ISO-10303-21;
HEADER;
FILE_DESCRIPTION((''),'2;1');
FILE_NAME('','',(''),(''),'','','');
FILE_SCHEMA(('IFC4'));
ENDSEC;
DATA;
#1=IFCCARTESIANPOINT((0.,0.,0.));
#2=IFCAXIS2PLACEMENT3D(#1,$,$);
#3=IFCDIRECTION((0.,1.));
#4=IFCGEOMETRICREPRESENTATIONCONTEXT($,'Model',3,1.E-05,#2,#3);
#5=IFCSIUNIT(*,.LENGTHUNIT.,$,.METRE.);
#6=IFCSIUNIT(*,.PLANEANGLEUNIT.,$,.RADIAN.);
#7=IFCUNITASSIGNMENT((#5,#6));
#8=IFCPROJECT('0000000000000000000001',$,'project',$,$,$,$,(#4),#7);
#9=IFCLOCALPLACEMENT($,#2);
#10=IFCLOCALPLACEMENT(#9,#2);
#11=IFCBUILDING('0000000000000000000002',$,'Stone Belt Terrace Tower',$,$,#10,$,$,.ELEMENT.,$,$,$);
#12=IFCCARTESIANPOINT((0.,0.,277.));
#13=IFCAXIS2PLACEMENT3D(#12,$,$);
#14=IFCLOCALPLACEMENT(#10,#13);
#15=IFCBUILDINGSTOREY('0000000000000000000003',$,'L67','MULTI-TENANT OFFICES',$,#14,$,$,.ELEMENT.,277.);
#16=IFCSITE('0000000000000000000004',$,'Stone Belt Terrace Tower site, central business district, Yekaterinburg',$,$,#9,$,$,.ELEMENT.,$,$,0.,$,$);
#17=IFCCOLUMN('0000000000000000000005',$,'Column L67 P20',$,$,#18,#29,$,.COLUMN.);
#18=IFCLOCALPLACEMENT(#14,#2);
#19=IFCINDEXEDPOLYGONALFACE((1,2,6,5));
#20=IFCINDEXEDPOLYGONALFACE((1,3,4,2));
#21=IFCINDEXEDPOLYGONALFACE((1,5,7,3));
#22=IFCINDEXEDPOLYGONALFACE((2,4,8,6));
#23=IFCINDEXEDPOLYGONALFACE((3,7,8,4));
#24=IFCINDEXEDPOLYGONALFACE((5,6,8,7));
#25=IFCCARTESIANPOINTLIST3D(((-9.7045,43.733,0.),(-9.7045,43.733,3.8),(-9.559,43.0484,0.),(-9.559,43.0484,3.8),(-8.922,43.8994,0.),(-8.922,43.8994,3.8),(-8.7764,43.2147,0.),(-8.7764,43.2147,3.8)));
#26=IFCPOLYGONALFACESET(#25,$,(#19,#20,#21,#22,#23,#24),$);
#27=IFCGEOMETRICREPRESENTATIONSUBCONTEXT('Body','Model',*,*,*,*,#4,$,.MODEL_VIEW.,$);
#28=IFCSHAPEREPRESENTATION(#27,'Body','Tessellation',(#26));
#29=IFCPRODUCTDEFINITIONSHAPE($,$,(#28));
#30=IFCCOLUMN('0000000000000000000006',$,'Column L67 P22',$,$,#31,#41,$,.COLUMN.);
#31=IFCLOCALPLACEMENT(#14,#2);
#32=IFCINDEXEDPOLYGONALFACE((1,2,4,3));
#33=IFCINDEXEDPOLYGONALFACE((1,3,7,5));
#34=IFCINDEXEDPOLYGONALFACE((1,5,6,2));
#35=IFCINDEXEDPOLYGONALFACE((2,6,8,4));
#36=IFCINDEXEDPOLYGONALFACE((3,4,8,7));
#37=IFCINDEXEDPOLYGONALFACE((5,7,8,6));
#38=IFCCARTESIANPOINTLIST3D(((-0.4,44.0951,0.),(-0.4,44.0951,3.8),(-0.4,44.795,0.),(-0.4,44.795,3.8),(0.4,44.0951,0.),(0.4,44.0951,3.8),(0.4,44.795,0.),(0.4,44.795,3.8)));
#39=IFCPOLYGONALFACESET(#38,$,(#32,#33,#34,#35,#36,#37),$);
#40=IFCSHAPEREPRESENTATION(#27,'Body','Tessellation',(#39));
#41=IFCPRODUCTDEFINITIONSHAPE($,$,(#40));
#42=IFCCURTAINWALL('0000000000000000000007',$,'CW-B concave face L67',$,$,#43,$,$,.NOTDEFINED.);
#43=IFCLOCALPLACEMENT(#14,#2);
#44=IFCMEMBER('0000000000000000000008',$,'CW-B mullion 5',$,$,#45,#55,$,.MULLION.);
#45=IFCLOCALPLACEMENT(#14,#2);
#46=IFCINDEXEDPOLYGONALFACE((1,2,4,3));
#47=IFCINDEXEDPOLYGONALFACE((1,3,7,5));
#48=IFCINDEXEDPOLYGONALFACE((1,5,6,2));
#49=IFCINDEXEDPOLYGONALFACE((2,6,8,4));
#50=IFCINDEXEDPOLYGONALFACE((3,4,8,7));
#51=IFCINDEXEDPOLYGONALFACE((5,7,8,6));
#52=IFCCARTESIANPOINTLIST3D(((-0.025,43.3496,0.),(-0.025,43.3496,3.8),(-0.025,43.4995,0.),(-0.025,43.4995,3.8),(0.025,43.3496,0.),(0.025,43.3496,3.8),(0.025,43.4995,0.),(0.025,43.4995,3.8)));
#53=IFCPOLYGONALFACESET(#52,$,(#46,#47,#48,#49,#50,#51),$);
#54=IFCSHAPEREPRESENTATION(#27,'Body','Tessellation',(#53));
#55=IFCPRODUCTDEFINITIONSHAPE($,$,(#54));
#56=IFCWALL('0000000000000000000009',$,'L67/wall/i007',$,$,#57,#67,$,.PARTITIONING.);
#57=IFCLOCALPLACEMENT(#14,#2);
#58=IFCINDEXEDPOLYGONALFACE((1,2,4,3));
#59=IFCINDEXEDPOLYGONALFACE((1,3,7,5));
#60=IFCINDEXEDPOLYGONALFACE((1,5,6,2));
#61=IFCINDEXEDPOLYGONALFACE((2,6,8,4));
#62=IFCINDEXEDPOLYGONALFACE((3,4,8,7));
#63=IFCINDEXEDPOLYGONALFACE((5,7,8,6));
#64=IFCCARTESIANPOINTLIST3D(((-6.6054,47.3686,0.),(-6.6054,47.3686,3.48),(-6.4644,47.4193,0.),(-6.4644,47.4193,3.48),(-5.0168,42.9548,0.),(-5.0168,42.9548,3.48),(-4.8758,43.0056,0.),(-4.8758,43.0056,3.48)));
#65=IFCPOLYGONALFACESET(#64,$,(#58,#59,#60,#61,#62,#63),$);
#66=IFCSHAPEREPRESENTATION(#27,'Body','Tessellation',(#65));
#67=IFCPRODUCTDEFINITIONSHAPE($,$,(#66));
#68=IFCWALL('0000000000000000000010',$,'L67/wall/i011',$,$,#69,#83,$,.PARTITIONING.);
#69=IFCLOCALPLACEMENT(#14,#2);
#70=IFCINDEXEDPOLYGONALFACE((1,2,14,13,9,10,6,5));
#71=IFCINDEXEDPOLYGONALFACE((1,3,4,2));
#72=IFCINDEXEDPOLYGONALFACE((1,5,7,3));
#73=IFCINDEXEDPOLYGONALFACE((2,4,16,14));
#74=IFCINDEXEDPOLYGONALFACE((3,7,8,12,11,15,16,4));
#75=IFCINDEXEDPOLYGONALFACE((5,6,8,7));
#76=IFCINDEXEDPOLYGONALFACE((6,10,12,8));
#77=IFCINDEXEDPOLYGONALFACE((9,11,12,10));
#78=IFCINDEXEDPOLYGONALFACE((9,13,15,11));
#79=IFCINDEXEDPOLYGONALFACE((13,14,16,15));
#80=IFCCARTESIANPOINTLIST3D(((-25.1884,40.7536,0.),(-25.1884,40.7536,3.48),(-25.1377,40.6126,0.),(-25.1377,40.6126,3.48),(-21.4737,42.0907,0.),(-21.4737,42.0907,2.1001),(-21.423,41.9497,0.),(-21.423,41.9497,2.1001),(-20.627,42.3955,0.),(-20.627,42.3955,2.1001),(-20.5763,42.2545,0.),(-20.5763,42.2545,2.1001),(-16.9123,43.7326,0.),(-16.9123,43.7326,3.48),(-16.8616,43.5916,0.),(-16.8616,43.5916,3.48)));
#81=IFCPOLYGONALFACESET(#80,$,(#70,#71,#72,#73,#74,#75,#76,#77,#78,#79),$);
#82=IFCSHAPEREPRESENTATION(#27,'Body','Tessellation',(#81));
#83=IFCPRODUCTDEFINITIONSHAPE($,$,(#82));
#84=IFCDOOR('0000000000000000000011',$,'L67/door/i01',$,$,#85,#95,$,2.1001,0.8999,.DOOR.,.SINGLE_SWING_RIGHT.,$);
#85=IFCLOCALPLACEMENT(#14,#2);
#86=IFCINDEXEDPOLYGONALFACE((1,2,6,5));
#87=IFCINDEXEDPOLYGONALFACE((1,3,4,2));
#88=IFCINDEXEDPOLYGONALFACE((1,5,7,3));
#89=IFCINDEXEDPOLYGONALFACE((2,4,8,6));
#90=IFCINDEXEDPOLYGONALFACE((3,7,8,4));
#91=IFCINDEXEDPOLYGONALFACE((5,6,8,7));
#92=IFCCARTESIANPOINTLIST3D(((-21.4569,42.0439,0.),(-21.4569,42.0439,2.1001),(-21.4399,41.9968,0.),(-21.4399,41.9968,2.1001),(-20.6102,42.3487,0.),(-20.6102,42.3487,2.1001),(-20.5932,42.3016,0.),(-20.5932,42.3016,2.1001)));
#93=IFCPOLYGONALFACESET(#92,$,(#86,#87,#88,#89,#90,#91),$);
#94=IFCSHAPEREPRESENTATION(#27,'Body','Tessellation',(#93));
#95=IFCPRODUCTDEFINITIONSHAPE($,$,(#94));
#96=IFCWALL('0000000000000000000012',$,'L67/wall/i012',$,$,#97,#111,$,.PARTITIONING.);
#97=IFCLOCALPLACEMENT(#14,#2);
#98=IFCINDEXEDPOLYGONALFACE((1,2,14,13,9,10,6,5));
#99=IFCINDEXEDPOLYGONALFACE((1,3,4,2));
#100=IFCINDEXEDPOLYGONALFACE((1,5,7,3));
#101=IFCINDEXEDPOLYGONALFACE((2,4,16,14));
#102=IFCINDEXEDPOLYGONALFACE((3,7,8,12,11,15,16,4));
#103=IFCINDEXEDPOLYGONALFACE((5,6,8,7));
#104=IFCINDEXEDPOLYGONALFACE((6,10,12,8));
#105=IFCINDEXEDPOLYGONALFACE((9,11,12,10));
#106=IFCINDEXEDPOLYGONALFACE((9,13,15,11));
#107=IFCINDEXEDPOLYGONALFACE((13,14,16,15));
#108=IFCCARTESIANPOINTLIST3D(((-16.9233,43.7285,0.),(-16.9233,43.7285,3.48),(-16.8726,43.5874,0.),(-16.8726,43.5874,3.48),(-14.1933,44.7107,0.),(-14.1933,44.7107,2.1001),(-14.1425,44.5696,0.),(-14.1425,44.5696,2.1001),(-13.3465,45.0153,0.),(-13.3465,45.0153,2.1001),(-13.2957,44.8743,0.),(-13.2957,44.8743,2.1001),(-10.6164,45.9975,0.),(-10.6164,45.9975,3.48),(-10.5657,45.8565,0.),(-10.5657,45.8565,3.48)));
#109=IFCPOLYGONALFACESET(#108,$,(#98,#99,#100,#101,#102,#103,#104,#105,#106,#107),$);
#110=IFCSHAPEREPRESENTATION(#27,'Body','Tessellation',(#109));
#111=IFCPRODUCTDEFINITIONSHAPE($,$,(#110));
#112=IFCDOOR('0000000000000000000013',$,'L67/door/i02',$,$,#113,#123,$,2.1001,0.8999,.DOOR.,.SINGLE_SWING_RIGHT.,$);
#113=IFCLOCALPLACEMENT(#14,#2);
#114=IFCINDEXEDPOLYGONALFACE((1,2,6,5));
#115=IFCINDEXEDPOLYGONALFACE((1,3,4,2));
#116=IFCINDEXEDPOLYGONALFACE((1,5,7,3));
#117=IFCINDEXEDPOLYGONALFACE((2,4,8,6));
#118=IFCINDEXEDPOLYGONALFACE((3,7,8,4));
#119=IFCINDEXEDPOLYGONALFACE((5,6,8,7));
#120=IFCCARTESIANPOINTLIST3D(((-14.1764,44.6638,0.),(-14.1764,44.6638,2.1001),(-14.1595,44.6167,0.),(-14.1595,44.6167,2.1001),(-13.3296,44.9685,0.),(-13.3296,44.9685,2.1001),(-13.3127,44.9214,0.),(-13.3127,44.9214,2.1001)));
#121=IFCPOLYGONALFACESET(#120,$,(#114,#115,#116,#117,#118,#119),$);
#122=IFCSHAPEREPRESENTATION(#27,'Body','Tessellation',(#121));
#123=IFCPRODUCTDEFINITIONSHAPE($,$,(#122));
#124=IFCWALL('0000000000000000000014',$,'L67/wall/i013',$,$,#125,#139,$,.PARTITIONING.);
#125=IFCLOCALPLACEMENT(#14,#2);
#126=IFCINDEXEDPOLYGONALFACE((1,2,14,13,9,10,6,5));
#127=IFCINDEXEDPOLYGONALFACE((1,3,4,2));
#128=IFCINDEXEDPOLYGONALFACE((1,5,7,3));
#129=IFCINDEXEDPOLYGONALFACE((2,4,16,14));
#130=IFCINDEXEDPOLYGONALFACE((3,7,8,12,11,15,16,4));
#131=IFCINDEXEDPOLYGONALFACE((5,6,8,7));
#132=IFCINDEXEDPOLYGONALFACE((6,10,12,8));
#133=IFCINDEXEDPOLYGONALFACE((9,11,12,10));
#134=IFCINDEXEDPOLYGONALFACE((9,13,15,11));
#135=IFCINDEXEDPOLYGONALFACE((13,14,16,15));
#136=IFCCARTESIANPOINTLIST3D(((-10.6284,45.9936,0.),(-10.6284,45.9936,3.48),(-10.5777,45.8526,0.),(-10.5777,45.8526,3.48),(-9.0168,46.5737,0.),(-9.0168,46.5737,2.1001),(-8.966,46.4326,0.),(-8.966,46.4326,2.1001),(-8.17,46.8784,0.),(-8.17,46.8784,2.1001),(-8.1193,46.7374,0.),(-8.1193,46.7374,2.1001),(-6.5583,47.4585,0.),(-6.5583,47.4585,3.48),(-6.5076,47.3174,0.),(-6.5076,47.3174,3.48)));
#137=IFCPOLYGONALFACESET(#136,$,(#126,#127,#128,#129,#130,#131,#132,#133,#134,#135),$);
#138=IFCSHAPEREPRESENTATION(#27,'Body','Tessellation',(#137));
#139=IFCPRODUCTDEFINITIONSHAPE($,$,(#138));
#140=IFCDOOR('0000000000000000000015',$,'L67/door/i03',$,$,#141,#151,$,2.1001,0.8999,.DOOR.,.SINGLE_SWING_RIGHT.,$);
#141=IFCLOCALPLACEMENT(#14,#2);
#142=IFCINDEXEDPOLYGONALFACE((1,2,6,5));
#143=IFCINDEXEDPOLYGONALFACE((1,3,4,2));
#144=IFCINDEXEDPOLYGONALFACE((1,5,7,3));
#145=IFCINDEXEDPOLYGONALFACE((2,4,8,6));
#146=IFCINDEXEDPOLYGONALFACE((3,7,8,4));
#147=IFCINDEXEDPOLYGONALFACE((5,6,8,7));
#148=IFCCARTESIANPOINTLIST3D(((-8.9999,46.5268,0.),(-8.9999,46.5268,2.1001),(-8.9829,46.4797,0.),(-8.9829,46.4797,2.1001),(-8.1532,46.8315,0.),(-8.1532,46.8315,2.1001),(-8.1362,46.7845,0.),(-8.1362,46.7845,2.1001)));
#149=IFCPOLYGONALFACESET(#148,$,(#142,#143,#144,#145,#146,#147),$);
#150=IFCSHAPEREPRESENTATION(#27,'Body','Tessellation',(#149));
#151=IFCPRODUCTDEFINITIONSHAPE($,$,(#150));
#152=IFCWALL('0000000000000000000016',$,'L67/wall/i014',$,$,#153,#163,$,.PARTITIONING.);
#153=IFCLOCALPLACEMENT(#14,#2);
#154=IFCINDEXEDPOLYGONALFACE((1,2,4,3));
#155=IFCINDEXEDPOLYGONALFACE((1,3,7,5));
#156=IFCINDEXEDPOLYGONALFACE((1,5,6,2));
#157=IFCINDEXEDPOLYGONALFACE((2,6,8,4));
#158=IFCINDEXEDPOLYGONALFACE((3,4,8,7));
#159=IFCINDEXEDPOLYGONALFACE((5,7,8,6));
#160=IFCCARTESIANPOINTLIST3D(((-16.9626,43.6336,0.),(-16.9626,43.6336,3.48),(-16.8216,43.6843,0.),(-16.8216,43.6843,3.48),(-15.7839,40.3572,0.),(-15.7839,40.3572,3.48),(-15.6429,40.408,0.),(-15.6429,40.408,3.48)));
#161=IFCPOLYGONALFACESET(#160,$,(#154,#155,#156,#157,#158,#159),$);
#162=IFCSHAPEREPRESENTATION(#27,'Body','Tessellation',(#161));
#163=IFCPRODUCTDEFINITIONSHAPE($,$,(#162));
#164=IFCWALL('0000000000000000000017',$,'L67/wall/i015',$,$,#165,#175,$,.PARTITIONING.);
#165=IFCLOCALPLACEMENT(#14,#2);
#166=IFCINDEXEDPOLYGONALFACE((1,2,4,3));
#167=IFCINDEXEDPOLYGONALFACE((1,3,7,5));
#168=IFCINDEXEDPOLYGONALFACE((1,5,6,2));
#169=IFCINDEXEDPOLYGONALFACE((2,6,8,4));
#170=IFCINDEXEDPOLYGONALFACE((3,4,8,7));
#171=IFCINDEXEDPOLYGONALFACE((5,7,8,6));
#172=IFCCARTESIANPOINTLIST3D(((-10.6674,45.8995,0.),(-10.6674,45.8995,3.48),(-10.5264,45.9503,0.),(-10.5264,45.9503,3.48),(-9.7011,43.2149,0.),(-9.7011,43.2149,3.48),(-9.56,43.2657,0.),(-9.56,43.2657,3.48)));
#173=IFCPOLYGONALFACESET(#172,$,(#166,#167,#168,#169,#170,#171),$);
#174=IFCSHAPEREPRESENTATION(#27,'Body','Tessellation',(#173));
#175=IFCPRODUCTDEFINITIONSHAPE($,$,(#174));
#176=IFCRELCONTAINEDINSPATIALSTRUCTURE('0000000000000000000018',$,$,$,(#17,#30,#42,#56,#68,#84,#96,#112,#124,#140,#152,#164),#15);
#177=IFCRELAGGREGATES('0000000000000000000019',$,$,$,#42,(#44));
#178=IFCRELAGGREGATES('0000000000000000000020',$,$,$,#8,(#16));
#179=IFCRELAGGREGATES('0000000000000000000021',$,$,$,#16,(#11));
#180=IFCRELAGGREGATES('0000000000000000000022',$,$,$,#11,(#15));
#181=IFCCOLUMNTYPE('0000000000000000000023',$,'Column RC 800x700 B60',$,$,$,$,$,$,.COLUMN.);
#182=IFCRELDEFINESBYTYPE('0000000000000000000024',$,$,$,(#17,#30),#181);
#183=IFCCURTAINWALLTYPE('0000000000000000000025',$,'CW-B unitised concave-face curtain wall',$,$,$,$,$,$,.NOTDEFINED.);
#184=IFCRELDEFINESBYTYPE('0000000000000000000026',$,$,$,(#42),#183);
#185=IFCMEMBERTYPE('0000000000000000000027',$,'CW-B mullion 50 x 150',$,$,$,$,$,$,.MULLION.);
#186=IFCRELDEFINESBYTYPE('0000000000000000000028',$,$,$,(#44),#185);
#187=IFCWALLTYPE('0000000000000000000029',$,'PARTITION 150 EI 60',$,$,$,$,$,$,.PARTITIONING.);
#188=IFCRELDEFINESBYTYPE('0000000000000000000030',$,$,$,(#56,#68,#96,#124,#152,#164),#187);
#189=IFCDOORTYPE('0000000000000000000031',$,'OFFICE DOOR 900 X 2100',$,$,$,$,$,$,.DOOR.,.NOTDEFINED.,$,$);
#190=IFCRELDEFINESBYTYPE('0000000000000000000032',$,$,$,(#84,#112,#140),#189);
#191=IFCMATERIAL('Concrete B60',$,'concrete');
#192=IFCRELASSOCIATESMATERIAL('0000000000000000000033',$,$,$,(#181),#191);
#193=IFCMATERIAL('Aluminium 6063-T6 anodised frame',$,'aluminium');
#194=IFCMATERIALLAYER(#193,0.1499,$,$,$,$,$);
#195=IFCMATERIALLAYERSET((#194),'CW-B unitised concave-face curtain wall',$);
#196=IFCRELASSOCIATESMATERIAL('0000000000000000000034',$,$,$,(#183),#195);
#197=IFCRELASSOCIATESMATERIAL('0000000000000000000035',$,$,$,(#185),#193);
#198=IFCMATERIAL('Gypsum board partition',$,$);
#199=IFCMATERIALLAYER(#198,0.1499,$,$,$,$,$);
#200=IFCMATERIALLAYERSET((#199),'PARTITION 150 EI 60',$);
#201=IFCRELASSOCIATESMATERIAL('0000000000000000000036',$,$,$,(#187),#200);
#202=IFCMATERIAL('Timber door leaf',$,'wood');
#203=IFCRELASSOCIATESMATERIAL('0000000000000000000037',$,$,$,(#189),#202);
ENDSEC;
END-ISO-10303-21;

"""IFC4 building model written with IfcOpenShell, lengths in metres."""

from ifc_helpers import new_model, si_unit, direction, frame, frame_2d, origin, origin_2d, place, context, subcontext, project, spatial, rectangle, extrude, material, layer, layer_set, material_profile, profile_set, type_object, element, fill, aggregate, save


model = new_model("IFC4")

# Units and contexts
model_context = context("Model", 3, precision=1e-05, world=origin(), true_north=direction((0.0, 1.0)))
body_context = subcontext(model_context, "Body", "Model", "MODEL_VIEW")
ifc_project = project(units=[si_unit("LENGTHUNIT", "METRE"), si_unit("PLANEANGLEUNIT", "RADIAN")], contexts=[model_context])

# Site, building, storey
site_placement = place(None, origin())
site = spatial("IfcSite", under=ifc_project, at=site_placement, Name="Stone Belt Terrace Tower site, central business district, Yekaterinburg", CompositionType="ELEMENT", RefElevation=0.0)
building_placement = place(site_placement, origin())
building = spatial("IfcBuilding", under=site, at=building_placement, Name="Stone Belt Terrace Tower", CompositionType="ELEMENT")
storey_placement = place(building_placement, frame((0.0, 0.0, 277.0)))
storey = spatial("IfcBuildingStorey", under=building, at=storey_placement, Name="L67", Description="MULTI-TENANT OFFICES", CompositionType="ELEMENT", Elevation=277.0)

# Columns
ifc_material_1 = material(Name="Concrete B60", Category="concrete")
ifc_material_profile_1 = material_profile(ifc_material_1, rectangle(XDim=0.8, YDim=0.7, at=origin_2d()), Name="RC 800x700")
ifc_profile_set_1 = profile_set([ifc_material_profile_1], Name="Concrete B60")
column_type = type_object("IfcColumnType", Name="Column RC 800x700 B60", PredefinedType="COLUMN", material=ifc_profile_set_1)
for number, where, z_axis, x_axis, name in (
    (1, (-9.2405, 43.4739, 0.0), (0.0, 0.0, 1.0), (0.978148, 0.207912, 0.0), "Column L67 P20"),
    (2, (0.0, 44.4451, 0.0), (0.0, 0.0, 1.0), (1.0, 0.0, 0.0), "Column L67 P22"),
):
    element("IfcColumn", number, at=place(storey_placement, frame(where, z_axis=z_axis, x_axis=x_axis)), inside=storey, type_object=column_type, Name=name, PredefinedType="COLUMN", context=body_context, shape_type="SweptSolid", body=[
        extrude(rectangle(XDim=0.8, YDim=0.7, at=origin_2d()), origin(), (0.0, 0.0, 1.0), 3.8),
    ])

# Curtain wall, member
ifc_material_2 = material(Name="Aluminium 6063-T6 anodised frame", Category="aluminium")
ifc_layer_1 = layer(ifc_material_2, 0.1499)
ifc_layer_set_1 = layer_set([ifc_layer_1], Name="CW-B unitised concave-face curtain wall")
curtain_wall_type = type_object("IfcCurtainWallType", Name="CW-B unitised concave-face curtain wall", PredefinedType="NOTDEFINED", material=ifc_layer_set_1)
curtain_wall_placement = place(storey_placement, origin())
curtain_wall = element("IfcCurtainWall", 3, at=curtain_wall_placement, inside=storey, type_object=curtain_wall_type, Name="CW-B concave face L67", PredefinedType="NOTDEFINED")
ifc_material_profile_2 = material_profile(ifc_material_2, rectangle(XDim=0.1499, YDim=0.05, at=origin_2d()), Name="Aluminium 6063-T6 50x150")
ifc_profile_set_2 = profile_set([ifc_material_profile_2], Name="Aluminium 6063-T6 anodised frame")
member_type = type_object("IfcMemberType", Name="CW-B mullion 50 x 150", PredefinedType="MULLION", material=ifc_profile_set_2)
member_placement = place(storey_placement, frame((0.0, 43.4246, 0.0), z_axis=(0.0, 0.0, 1.0), x_axis=(0.0, 1.0, 0.0)))
member = element("IfcMember", 4, at=member_placement, type_object=member_type, Name="CW-B mullion 5", PredefinedType="MULLION", context=body_context, shape_type="SweptSolid", body=[
    extrude(rectangle(XDim=0.1499, YDim=0.05, at=origin_2d()), origin(), (0.0, 0.0, 1.0), 3.8),
])
aggregate(curtain_wall, [member])

# Wall
ifc_material_3 = material(Name="Gypsum board partition")
ifc_layer_2 = layer(ifc_material_3, 0.1499)
ifc_layer_set_2 = layer_set([ifc_layer_2], Name="PARTITION 150 EI 60")
wall_type_1 = type_object("IfcWallType", Name="PARTITION 150 EI 60", PredefinedType="PARTITIONING", material=ifc_layer_set_2)
wall_1_placement = place(storey_placement, frame((-4.9463, 42.9802, 0.0), z_axis=(0.0, 0.0, 1.0), x_axis=(-0.338653, 0.940911, 0.0)))
element("IfcWall", 5, at=wall_1_placement, inside=storey, type_object=wall_type_1, Name="L67/wall/i007", PredefinedType="PARTITIONING", context=body_context, shape_type="SweptSolid", body=[
    extrude(rectangle(XDim=4.6909, YDim=0.1499, at=frame_2d((2.3455, 0.0))), origin(), (0.0, 0.0, 1.0), 3.48),
])

# Walls, openings, doors
wall_2_placement = place(storey_placement, frame((-16.887, 43.6621, 0.0), z_axis=(0.0, 0.0, 1.0), x_axis=(-0.940902, -0.338679, 0.0)))
wall_2 = element("IfcWall", 6, at=wall_2_placement, inside=storey, type_object=wall_type_1, Name="L67/wall/i011", PredefinedType="PARTITIONING", context=body_context, shape_type="SweptSolid", body=[
    extrude(rectangle(XDim=8.7959, YDim=0.1499, at=frame_2d((4.3979, 0.0))), origin(), (0.0, 0.0, 1.0), 3.48),
])
opening_1_placement = place(wall_2_placement, frame((3.948, 0.0, 0.0)))
opening_1 = element("IfcOpeningElement", 7, at=opening_1_placement, cuts=wall_2, PredefinedType="OPENING", context=body_context, shape_type="SweptSolid", body=[
    extrude(rectangle(XDim=0.8999, YDim=2.1001, at=frame_2d((0.45, 1.05))), frame((0.0, 0.085, 0.0), z_axis=(0.0, -1.0, 0.0), x_axis=(1.0, 0.0, 0.0)), (0.0, 0.0, 1.0), 0.1699),
])
ifc_material_4 = material(Name="Timber door leaf", Category="wood")
door_type_1 = type_object("IfcDoorType", Name="OFFICE DOOR 900 X 2100", OperationType="NOTDEFINED", PredefinedType="DOOR", material=ifc_material_4)
door_1_placement = place(opening_1_placement, origin())
door_1 = element("IfcDoor", 8, at=door_1_placement, inside=storey, type_object=door_type_1, Name="L67/door/i01", OperationType="SINGLE_SWING_RIGHT", OverallHeight=2.1001, OverallWidth=0.8999, PredefinedType="DOOR", context=body_context, shape_type="SweptSolid", body=[
    extrude(rectangle(XDim=0.8999, YDim=2.1001, at=frame_2d((0.45, 1.05))), frame((0.0, 0.0249, 0.0), z_axis=(0.0, -1.0, 0.0), x_axis=(1.0, 0.0, 0.0)), (0.0, 0.0, 1.0), 0.05),
])
fill(opening_1, door_1)
wall_3_placement = place(storey_placement, frame((-10.5911, 45.927, 0.0), z_axis=(0.0, 0.0, 1.0), x_axis=(-0.940956, -0.33853, 0.0)))
wall_3 = element("IfcWall", 9, at=wall_3_placement, inside=storey, type_object=wall_type_1, Name="L67/wall/i012", PredefinedType="PARTITIONING", context=body_context, shape_type="SweptSolid", body=[
    extrude(rectangle(XDim=6.7026, YDim=0.1499, at=frame_2d((3.3513, 0.0))), origin(), (0.0, 0.0, 1.0), 3.48),
])
opening_2_placement = place(wall_3_placement, frame((2.9014, 0.0, 0.0)))
opening_2 = element("IfcOpeningElement", 10, at=opening_2_placement, cuts=wall_3, PredefinedType="OPENING", context=body_context, shape_type="SweptSolid", body=[
    extrude(rectangle(XDim=0.8999, YDim=2.1001, at=frame_2d((0.45, 1.05))), frame((0.0, 0.085, 0.0), z_axis=(0.0, -1.0, 0.0), x_axis=(1.0, 0.0, 0.0)), (0.0, 0.0, 1.0), 0.1699),
])
door_2_placement = place(opening_2_placement, origin())
door_2 = element("IfcDoor", 11, at=door_2_placement, inside=storey, type_object=door_type_1, Name="L67/door/i02", OperationType="SINGLE_SWING_RIGHT", OverallHeight=2.1001, OverallWidth=0.8999, PredefinedType="DOOR", context=body_context, shape_type="SweptSolid", body=[
    extrude(rectangle(XDim=0.8999, YDim=2.1001, at=frame_2d((0.45, 1.05))), frame((0.0, 0.0249, 0.0), z_axis=(0.0, -1.0, 0.0), x_axis=(1.0, 0.0, 0.0)), (0.0, 0.0, 1.0), 0.05),
])
fill(opening_2, door_2)
wall_4_placement = place(storey_placement, frame((-6.533, 47.3879, 0.0), z_axis=(0.0, 0.0, 1.0), x_axis=(-0.940915, -0.338642, 0.0)))
wall_4 = element("IfcWall", 12, at=wall_4_placement, inside=storey, type_object=wall_type_1, Name="L67/wall/i013", PredefinedType="PARTITIONING", context=body_context, shape_type="SweptSolid", body=[
    extrude(rectangle(XDim=4.3257, YDim=0.1499, at=frame_2d((2.1628, 0.0))), origin(), (0.0, 0.0, 1.0), 3.48),
])
opening_3_placement = place(wall_4_placement, frame((1.7129, 0.0, 0.0)))
opening_3 = element("IfcOpeningElement", 13, at=opening_3_placement, cuts=wall_4, PredefinedType="OPENING", context=body_context, shape_type="SweptSolid", body=[
    extrude(rectangle(XDim=0.8999, YDim=2.1001, at=frame_2d((0.45, 1.05))), frame((0.0, 0.085, 0.0), z_axis=(0.0, -1.0, 0.0), x_axis=(1.0, 0.0, 0.0)), (0.0, 0.0, 1.0), 0.1699),
])
door_3_placement = place(opening_3_placement, origin())
door_3 = element("IfcDoor", 14, at=door_3_placement, inside=storey, type_object=door_type_1, Name="L67/door/i03", OperationType="SINGLE_SWING_RIGHT", OverallHeight=2.1001, OverallWidth=0.8999, PredefinedType="DOOR", context=body_context, shape_type="SweptSolid", body=[
    extrude(rectangle(XDim=0.8999, YDim=2.1001, at=frame_2d((0.45, 1.05))), frame((0.0, 0.0249, 0.0), z_axis=(0.0, -1.0, 0.0), x_axis=(1.0, 0.0, 0.0)), (0.0, 0.0, 1.0), 0.05),
])
fill(opening_3, door_3)

# Walls
wall_5_placement = place(storey_placement, frame((-16.8921, 43.6589, 0.0), z_axis=(0.0, 0.0, 1.0), x_axis=(0.338521, -0.940959, 0.0)))
element("IfcWall", 15, at=wall_5_placement, inside=storey, type_object=wall_type_1, Name="L67/wall/i014", PredefinedType="PARTITIONING", context=body_context, shape_type="SweptSolid", body=[
    extrude(rectangle(XDim=3.4819, YDim=0.1499, at=frame_2d((1.741, 0.0))), origin(), (0.0, 0.0, 1.0), 3.48),
])
wall_6_placement = place(storey_placement, frame((-10.5969, 45.925, 0.0), z_axis=(0.0, 0.0, 1.0), x_axis=(0.338677, -0.940903, 0.0)))
element("IfcWall", 16, at=wall_6_placement, inside=storey, type_object=wall_type_1, Name="L67/wall/i015", PredefinedType="PARTITIONING", context=body_context, shape_type="SweptSolid", body=[
    extrude(rectangle(XDim=2.8533, YDim=0.1499, at=frame_2d((1.4268, 0.0))), origin(), (0.0, 0.0, 1.0), 3.48),
])

save(model, "model.ifc")
